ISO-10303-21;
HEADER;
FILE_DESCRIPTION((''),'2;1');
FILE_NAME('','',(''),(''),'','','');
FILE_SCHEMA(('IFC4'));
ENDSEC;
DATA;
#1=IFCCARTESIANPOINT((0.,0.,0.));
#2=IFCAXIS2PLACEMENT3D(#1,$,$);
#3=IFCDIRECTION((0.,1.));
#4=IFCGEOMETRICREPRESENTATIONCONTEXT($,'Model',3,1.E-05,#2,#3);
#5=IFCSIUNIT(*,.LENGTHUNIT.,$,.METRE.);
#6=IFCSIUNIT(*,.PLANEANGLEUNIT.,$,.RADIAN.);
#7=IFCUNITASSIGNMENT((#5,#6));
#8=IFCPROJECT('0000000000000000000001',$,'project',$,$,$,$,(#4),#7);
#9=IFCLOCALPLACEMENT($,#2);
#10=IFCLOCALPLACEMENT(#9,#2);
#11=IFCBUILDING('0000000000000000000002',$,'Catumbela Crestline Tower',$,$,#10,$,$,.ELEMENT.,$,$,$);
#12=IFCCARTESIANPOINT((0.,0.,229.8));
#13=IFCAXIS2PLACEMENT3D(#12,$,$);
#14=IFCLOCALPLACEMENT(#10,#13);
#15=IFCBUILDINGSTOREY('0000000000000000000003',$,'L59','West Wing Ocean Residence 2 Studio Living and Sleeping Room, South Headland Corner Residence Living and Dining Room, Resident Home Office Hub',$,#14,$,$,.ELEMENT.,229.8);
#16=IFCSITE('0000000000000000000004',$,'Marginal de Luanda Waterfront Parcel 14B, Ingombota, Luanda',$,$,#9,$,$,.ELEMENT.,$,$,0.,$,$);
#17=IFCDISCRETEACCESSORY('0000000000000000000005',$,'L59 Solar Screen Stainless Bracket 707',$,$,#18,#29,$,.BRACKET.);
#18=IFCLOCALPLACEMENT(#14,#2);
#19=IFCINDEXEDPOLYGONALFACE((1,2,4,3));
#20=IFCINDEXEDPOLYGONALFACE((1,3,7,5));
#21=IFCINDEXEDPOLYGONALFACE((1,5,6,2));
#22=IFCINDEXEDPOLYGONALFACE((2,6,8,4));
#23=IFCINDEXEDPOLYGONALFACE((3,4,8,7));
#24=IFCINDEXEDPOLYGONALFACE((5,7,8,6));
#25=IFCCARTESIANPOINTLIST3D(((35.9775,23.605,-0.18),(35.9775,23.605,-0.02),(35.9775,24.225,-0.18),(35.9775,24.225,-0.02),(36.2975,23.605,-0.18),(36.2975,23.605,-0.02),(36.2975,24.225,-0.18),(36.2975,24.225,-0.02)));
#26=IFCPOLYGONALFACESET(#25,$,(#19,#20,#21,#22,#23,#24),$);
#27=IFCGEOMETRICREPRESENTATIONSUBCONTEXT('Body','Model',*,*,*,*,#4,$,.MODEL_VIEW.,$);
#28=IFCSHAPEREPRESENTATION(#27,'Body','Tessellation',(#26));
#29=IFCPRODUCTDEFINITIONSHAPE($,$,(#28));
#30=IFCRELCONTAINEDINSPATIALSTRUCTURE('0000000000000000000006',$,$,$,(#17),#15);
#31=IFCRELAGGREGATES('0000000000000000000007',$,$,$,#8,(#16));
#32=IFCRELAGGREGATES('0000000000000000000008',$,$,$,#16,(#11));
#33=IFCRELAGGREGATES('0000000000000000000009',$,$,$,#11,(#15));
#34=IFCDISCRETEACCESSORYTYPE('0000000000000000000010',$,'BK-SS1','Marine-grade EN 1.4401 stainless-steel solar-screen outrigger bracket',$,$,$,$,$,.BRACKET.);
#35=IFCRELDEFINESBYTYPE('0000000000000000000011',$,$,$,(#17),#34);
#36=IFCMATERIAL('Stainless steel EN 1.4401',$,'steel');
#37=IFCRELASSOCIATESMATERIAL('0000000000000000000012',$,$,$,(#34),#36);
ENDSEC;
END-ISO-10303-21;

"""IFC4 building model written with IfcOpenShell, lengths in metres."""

from ifc_helpers import new_model, si_unit, direction, frame, origin, origin_2d, place, context, subcontext, project, spatial, rectangle, extrude, material, type_object, element, save


model = new_model("IFC4")

# Units and contexts
model_context = context("Model", 3, precision=1e-05, world=origin(), true_north=direction((0.0, 1.0)))
body_context = subcontext(model_context, "Body", "Model", "MODEL_VIEW")
ifc_project = project(units=[si_unit("LENGTHUNIT", "METRE"), si_unit("PLANEANGLEUNIT", "RADIAN")], contexts=[model_context])

# Site, building, storey
site_placement = place(None, origin())
site = spatial("IfcSite", under=ifc_project, at=site_placement, Name="Marginal de Luanda Waterfront Parcel 14B, Ingombota, Luanda", CompositionType="ELEMENT", RefElevation=0.0)
building_placement = place(site_placement, origin())
building = spatial("IfcBuilding", under=site, at=building_placement, Name="Catumbela Crestline Tower", CompositionType="ELEMENT")
storey_placement = place(building_placement, frame((0.0, 0.0, 229.8)))
storey = spatial("IfcBuildingStorey", under=building, at=storey_placement, Name="L59", Description="West Wing Ocean Residence 2 Studio Living and Sleeping Room, South Headland Corner Residence Living and Dining Room, Resident Home Office Hub", CompositionType="ELEMENT", Elevation=229.8)

# Discrete accessory
ifc_material_1 = material(Name="Stainless steel EN 1.4401", Category="steel")
discrete_accessory_type = type_object("IfcDiscreteAccessoryType", Name="BK-SS1", Description="Marine-grade EN 1.4401 stainless-steel solar-screen outrigger bracket", PredefinedType="BRACKET", material=ifc_material_1)
discrete_accessory_placement = place(storey_placement, frame((36.1375, 23.915, -0.18), z_axis=(0.0, 0.0, 1.0), x_axis=(1.0, 0.0, 0.0)))
element("IfcDiscreteAccessory", 1, at=discrete_accessory_placement, inside=storey, type_object=discrete_accessory_type, Name="L59 Solar Screen Stainless Bracket 707", PredefinedType="BRACKET", context=body_context, shape_type="SweptSolid", body=[
    extrude(rectangle(XDim=0.32, YDim=0.62, at=origin_2d()), origin(), (0.0, 0.0, 1.0), 0.16),
])

save(model, "model.ifc")
